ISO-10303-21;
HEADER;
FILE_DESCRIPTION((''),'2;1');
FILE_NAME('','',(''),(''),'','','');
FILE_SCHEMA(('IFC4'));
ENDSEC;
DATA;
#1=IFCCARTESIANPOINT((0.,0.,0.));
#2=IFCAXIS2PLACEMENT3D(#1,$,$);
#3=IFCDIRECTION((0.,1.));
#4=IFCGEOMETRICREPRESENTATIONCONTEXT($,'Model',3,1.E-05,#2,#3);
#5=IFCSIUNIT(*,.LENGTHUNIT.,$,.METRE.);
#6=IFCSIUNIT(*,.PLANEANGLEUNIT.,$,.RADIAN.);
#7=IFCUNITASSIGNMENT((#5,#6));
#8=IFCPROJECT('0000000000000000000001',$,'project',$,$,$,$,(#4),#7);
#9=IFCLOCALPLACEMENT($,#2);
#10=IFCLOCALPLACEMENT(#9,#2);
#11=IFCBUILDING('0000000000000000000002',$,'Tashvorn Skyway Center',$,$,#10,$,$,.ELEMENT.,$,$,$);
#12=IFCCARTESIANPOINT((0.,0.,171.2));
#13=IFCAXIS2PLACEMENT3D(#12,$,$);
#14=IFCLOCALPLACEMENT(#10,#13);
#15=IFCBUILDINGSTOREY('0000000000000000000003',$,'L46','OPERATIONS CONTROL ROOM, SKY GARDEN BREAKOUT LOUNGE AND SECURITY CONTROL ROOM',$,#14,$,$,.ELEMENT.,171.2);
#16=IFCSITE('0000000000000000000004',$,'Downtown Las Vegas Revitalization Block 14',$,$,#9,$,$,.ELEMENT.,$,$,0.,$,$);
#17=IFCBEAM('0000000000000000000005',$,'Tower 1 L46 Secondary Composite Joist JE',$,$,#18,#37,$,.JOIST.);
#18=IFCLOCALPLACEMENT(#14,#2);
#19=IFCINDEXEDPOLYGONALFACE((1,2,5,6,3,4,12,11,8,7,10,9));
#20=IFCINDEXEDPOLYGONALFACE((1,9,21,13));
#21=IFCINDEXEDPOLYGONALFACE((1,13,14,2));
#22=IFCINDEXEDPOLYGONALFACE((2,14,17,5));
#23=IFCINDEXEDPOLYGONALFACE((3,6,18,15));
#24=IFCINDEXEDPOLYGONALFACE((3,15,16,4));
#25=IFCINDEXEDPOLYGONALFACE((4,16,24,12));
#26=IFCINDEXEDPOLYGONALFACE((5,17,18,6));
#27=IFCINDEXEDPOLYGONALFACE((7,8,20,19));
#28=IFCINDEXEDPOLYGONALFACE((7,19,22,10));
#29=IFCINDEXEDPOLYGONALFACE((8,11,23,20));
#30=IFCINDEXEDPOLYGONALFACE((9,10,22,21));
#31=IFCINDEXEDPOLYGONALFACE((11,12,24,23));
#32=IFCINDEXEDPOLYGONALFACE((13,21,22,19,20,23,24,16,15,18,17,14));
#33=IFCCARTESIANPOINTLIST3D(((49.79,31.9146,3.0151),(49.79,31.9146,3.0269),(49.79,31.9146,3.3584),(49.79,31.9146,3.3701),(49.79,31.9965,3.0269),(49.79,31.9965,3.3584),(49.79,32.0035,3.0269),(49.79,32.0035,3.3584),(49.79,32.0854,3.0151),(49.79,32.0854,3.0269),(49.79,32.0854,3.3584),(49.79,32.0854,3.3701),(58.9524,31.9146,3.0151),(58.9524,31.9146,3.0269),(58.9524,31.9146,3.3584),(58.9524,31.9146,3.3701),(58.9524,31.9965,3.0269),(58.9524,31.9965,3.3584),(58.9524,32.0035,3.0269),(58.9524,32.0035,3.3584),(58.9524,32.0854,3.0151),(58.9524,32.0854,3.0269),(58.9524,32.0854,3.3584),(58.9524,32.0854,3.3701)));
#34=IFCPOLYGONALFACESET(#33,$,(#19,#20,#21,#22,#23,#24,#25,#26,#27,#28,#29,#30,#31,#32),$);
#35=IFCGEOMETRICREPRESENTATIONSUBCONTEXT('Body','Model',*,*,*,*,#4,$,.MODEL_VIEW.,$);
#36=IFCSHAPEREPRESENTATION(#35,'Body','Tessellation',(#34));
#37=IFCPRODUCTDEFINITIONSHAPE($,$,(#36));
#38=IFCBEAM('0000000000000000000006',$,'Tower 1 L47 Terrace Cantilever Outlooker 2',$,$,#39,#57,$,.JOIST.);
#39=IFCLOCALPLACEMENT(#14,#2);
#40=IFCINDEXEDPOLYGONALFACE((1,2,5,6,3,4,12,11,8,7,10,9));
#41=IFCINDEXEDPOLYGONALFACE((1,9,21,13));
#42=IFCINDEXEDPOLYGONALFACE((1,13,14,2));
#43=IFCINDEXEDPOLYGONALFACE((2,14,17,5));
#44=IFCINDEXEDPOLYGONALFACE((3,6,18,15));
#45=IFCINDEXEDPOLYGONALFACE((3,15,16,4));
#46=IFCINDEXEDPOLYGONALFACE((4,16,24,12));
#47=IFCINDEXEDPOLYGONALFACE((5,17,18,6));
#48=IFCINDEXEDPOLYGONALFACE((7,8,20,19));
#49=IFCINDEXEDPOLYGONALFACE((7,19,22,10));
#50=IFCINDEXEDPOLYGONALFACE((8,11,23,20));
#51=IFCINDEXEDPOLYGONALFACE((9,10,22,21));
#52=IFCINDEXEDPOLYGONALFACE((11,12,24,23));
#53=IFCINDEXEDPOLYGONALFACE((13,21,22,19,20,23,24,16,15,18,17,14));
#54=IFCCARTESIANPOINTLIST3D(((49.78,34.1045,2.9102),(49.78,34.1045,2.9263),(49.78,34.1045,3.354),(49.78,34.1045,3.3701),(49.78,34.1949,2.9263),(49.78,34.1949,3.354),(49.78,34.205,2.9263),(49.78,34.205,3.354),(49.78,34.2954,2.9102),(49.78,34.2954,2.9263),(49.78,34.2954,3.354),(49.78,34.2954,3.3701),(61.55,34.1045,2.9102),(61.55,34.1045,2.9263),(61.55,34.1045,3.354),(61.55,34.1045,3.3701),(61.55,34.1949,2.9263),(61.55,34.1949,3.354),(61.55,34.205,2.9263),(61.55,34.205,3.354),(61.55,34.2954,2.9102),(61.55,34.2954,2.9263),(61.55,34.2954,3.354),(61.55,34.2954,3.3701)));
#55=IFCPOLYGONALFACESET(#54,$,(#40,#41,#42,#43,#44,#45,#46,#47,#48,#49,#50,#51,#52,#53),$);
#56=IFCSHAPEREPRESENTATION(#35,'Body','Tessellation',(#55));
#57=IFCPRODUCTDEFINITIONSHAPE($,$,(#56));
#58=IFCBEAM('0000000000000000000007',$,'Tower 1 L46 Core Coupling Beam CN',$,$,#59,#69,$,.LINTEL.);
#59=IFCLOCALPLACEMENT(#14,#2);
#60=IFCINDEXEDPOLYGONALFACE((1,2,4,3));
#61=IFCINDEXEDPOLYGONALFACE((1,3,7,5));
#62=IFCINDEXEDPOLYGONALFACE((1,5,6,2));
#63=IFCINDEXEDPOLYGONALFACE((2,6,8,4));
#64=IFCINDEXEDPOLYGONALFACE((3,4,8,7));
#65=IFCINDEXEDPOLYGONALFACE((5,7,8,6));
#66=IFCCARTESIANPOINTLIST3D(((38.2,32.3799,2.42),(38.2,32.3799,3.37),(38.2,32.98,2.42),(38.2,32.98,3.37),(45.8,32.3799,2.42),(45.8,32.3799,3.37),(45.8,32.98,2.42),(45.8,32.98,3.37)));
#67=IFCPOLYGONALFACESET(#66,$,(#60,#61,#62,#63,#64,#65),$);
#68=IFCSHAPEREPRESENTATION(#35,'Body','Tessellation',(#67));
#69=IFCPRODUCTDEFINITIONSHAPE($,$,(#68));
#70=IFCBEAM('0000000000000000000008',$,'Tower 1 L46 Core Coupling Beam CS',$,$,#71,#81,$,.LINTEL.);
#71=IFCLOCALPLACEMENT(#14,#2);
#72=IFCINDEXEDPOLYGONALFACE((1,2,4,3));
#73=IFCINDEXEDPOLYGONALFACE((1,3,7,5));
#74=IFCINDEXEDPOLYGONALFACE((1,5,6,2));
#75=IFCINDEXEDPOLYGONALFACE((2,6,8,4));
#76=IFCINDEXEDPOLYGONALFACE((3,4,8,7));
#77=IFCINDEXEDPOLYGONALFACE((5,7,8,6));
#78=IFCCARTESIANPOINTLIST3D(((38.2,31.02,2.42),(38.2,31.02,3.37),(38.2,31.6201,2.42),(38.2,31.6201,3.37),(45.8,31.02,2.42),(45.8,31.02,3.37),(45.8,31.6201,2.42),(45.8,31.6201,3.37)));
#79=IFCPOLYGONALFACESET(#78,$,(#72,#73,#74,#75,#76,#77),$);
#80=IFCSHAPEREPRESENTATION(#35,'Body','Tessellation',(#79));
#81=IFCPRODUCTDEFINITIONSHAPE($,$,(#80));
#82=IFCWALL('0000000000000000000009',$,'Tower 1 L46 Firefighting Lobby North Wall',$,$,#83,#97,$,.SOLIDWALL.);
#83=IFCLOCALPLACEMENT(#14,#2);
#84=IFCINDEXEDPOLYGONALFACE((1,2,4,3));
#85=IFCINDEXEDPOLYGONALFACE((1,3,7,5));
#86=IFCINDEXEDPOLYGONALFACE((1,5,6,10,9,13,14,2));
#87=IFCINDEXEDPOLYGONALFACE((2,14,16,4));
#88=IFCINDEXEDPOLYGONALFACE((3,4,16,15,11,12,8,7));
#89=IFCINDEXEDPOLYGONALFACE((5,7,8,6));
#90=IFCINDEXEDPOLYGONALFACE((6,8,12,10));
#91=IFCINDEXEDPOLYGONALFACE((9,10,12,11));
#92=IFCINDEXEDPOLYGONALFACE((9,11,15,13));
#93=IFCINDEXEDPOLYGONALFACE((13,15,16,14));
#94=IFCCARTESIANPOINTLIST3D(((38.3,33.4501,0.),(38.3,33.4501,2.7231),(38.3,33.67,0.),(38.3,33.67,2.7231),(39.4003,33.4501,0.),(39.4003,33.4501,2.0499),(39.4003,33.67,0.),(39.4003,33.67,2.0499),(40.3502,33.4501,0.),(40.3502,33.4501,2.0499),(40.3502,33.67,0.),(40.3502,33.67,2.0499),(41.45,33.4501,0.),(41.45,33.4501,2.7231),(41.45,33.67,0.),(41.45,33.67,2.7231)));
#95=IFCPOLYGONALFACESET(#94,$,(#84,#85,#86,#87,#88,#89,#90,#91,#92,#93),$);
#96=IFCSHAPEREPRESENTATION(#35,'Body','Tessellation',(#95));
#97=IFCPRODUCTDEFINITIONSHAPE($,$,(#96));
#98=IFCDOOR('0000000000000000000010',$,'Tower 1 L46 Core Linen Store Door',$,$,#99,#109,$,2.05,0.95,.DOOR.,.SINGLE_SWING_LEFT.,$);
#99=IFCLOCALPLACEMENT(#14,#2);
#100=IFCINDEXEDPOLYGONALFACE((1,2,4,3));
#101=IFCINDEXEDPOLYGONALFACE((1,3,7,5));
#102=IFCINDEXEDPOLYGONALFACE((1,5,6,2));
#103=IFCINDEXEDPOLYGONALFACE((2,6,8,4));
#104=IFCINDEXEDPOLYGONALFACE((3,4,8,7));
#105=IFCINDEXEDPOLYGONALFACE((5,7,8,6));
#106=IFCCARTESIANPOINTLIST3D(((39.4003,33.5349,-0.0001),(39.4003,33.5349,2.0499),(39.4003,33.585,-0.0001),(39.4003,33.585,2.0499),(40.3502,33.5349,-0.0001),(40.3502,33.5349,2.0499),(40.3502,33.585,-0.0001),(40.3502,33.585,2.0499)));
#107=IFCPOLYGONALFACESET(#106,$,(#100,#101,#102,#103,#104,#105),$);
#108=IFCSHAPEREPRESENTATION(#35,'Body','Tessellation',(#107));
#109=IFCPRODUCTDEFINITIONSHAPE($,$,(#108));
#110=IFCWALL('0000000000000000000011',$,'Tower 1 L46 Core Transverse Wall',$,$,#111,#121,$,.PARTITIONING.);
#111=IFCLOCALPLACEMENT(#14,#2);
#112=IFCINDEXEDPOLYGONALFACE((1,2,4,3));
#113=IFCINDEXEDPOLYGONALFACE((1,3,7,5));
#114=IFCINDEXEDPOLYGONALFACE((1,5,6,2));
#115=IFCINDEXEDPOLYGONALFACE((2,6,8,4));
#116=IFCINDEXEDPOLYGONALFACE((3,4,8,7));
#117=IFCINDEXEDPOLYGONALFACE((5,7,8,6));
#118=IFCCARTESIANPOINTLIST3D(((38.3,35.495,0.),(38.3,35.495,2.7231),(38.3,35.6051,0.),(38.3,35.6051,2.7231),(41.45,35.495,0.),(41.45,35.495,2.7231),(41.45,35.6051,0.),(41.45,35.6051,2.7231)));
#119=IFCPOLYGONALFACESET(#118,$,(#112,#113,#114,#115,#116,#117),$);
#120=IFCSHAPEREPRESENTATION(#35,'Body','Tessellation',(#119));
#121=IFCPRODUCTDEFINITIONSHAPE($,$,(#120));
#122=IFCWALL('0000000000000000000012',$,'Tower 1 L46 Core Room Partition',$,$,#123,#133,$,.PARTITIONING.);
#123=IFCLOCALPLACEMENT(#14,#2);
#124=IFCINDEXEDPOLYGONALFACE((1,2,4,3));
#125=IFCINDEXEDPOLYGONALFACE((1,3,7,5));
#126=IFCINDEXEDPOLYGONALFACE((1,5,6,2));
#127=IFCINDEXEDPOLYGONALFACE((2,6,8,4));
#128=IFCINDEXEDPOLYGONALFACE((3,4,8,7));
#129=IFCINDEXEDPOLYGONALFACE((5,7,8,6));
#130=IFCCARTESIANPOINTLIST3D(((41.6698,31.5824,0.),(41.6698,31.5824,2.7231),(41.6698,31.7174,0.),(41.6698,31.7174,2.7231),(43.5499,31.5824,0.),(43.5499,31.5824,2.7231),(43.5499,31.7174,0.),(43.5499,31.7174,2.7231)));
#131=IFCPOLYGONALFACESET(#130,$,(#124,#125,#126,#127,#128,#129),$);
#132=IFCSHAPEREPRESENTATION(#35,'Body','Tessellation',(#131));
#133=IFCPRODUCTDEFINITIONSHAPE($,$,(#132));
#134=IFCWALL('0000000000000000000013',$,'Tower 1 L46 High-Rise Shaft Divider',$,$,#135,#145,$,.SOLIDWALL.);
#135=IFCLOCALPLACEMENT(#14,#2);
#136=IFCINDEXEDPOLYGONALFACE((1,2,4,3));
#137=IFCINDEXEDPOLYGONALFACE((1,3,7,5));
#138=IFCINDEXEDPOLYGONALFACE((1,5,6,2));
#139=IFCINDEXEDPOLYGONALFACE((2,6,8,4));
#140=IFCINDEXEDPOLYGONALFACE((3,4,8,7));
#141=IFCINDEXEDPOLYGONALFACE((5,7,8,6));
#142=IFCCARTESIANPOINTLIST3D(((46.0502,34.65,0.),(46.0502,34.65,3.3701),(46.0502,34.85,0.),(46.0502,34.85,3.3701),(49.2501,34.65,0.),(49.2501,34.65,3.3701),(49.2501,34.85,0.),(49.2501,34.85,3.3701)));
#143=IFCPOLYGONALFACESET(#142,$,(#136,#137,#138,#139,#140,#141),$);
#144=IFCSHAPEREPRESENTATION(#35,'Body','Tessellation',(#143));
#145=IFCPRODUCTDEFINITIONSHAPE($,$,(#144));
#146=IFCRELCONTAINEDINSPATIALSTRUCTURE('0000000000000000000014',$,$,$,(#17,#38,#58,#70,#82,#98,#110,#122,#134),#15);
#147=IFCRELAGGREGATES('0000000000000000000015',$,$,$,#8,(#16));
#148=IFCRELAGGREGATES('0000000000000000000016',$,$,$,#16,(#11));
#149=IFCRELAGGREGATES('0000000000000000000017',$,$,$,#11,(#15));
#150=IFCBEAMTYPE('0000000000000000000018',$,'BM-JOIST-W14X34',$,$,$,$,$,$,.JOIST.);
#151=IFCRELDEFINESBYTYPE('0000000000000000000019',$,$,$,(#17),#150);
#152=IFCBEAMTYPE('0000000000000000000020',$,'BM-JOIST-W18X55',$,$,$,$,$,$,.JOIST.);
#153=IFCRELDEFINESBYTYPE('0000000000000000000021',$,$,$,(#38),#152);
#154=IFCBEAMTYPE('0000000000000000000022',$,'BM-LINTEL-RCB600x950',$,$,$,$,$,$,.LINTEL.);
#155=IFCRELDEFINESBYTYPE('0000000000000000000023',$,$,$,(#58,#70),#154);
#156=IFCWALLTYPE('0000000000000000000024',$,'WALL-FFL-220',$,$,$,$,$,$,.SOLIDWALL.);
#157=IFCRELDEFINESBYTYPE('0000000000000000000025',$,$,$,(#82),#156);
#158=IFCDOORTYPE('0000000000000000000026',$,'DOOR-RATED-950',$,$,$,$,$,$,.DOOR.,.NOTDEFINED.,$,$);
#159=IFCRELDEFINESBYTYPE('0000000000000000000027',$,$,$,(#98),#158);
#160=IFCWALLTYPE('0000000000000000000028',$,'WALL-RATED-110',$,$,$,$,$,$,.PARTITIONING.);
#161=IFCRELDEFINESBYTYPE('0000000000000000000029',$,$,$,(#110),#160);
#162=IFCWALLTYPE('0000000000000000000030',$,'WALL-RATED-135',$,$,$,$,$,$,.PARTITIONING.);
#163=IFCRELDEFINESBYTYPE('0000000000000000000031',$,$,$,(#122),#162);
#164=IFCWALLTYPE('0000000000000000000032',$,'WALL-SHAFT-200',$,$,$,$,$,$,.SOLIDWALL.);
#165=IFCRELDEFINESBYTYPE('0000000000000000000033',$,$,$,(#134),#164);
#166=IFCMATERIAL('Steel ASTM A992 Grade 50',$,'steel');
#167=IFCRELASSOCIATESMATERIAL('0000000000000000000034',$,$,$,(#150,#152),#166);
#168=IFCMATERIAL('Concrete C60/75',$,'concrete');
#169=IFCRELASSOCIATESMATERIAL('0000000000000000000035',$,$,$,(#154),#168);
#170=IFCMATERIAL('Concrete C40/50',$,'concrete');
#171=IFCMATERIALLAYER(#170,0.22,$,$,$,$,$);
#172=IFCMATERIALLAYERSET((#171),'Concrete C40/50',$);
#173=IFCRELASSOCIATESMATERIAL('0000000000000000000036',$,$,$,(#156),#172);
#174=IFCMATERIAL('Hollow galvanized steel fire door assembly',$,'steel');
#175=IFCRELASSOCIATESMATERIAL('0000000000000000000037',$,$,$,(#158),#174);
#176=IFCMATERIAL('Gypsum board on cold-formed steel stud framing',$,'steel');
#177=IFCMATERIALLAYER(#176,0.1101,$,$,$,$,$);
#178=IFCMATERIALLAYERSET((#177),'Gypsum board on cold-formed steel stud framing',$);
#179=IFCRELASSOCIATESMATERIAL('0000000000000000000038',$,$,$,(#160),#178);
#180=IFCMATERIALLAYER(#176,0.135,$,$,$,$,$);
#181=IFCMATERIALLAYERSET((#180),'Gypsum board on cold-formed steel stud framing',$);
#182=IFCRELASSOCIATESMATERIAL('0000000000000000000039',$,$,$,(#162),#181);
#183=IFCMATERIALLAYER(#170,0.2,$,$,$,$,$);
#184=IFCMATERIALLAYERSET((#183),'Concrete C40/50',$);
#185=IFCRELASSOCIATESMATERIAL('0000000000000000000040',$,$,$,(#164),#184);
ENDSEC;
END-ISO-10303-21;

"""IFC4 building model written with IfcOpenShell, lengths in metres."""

from ifc_helpers import new_model, si_unit, direction, frame, frame_2d, origin, origin_2d, place, context, subcontext, project, spatial, rectangle, i_section, extrude, material, layer, layer_set, material_profile, profile_set, type_object, element, fill, save


model = new_model("IFC4")

# Units and contexts
model_context = context("Model", 3, precision=1e-05, world=origin(), true_north=direction((0.0, 1.0)))
body_context = subcontext(model_context, "Body", "Model", "MODEL_VIEW")
ifc_project = project(units=[si_unit("LENGTHUNIT", "METRE"), si_unit("PLANEANGLEUNIT", "RADIAN")], contexts=[model_context])

# Site, building, storey
site_placement = place(None, origin())
site = spatial("IfcSite", under=ifc_project, at=site_placement, Name="Downtown Las Vegas Revitalization Block 14", CompositionType="ELEMENT", RefElevation=0.0)
building_placement = place(site_placement, origin())
building = spatial("IfcBuilding", under=site, at=building_placement, Name="Tashvorn Skyway Center", CompositionType="ELEMENT")
storey_placement = place(building_placement, frame((0.0, 0.0, 171.2)))
storey = spatial("IfcBuildingStorey", under=building, at=storey_placement, Name="L46", Description="OPERATIONS CONTROL ROOM, SKY GARDEN BREAKOUT LOUNGE AND SECURITY CONTROL ROOM", CompositionType="ELEMENT", Elevation=171.2)

# Beams
ifc_material_1 = material(Name="Steel ASTM A992 Grade 50", Category="steel")
ifc_material_profile_1 = material_profile(ifc_material_1, i_section(OverallWidth=0.1709, OverallDepth=0.355, WebThickness=0.0071, FlangeThickness=0.0117, at=origin_2d()), Name="W14X34")
ifc_profile_set_1 = profile_set([ifc_material_profile_1], Name="Steel ASTM A992 Grade 50")
beam_type_1 = type_object("IfcBeamType", Name="BM-JOIST-W14X34", PredefinedType="JOIST", material=ifc_profile_set_1)
beam_1_placement = place(storey_placement, frame((49.79, 32.0, 3.1926), z_axis=(1.0, 0.0, 0.0), x_axis=(0.0, 1.0, 0.0)))
element("IfcBeam", 1, at=beam_1_placement, inside=storey, type_object=beam_type_1, Name="Tower 1 L46 Secondary Composite Joist JE", PredefinedType="JOIST", context=body_context, shape_type="SweptSolid", body=[
    extrude(i_section(OverallWidth=0.1709, OverallDepth=0.355, WebThickness=0.0071, FlangeThickness=0.0117, at=origin_2d()), origin(), (0.0, 0.0, 1.0), 9.1624),
])
ifc_material_profile_2 = material_profile(ifc_material_1, i_section(OverallWidth=0.1909, OverallDepth=0.46, WebThickness=0.01, FlangeThickness=0.0161, at=origin_2d()), Name="W18X55")
ifc_profile_set_2 = profile_set([ifc_material_profile_2], Name="Steel ASTM A992 Grade 50")
beam_type_2 = type_object("IfcBeamType", Name="BM-JOIST-W18X55", PredefinedType="JOIST", material=ifc_profile_set_2)
beam_2_placement = place(storey_placement, frame((49.78, 34.2, 3.1401), z_axis=(1.0, 0.0, 0.0), x_axis=(0.0, 1.0, 0.0)))
element("IfcBeam", 2, at=beam_2_placement, inside=storey, type_object=beam_type_2, Name="Tower 1 L47 Terrace Cantilever Outlooker 2", PredefinedType="JOIST", context=body_context, shape_type="SweptSolid", body=[
    extrude(i_section(OverallWidth=0.1909, OverallDepth=0.46, WebThickness=0.01, FlangeThickness=0.0161, at=origin_2d()), origin(), (0.0, 0.0, 1.0), 11.77),
])
ifc_material_2 = material(Name="Concrete C60/75", Category="concrete")
ifc_material_profile_3 = material_profile(ifc_material_2, rectangle(XDim=0.6001, YDim=0.95, at=origin_2d()), Name="RCB600x950")
ifc_profile_set_3 = profile_set([ifc_material_profile_3], Name="Concrete C60/75")
beam_type_3 = type_object("IfcBeamType", Name="BM-LINTEL-RCB600x950", PredefinedType="LINTEL", material=ifc_profile_set_3)
for number, where, z_axis, x_axis, name in (
    (3, (38.2, 32.6799, 2.895), (1.0, 0.0, 0.0), (0.0, 1.0, 0.0), "Tower 1 L46 Core Coupling Beam CN"),
    (4, (38.2, 31.3201, 2.895), (1.0, 0.0, 0.0), (0.0, 1.0, 0.0), "Tower 1 L46 Core Coupling Beam CS"),
):
    element("IfcBeam", number, at=place(storey_placement, frame(where, z_axis=z_axis, x_axis=x_axis)), inside=storey, type_object=beam_type_3, Name=name, PredefinedType="LINTEL", context=body_context, shape_type="SweptSolid", body=[
        extrude(rectangle(XDim=0.6001, YDim=0.95, at=origin_2d()), origin(), (0.0, 0.0, 1.0), 7.6001),
    ])

# Wall, opening, door
ifc_material_3 = material(Name="Concrete C40/50", Category="concrete")
ifc_layer_1 = layer(ifc_material_3, 0.22)
ifc_layer_set_1 = layer_set([ifc_layer_1], Name="Concrete C40/50")
wall_type_1 = type_object("IfcWallType", Name="WALL-FFL-220", PredefinedType="SOLIDWALL", material=ifc_layer_set_1)
wall_1_placement = place(storey_placement, frame((38.3, 33.5601, 0.0), z_axis=(0.0, 0.0, 1.0), x_axis=(1.0, 0.0, 0.0)))
wall_1 = element("IfcWall", 5, at=wall_1_placement, inside=storey, type_object=wall_type_1, Name="Tower 1 L46 Firefighting Lobby North Wall", PredefinedType="SOLIDWALL", context=body_context, shape_type="SweptSolid", body=[
    extrude(rectangle(XDim=3.1499, YDim=0.22, at=frame_2d((1.575, 0.0))), origin(), (0.0, 0.0, 1.0), 2.7231),
])
opening_1_placement = place(wall_1_placement, frame((1.1001, 0.0, 0.0)))
opening_1 = element("IfcOpeningElement", 6, at=opening_1_placement, cuts=wall_1, PredefinedType="OPENING", context=body_context, shape_type="SweptSolid", body=[
    extrude(rectangle(XDim=0.95, YDim=2.05, at=frame_2d((0.4751, 1.0249))), frame((0.0, 0.1199, 0.0), z_axis=(0.0, -1.0, 0.0), x_axis=(1.0, 0.0, 0.0)), (0.0, 0.0, 1.0), 0.24),
])
ifc_material_4 = material(Name="Hollow galvanized steel fire door assembly", Category="steel")
door_type_1 = type_object("IfcDoorType", Name="DOOR-RATED-950", OperationType="NOTDEFINED", PredefinedType="DOOR", material=ifc_material_4)
door_1_placement = place(opening_1_placement, origin())
door_1 = element("IfcDoor", 7, at=door_1_placement, inside=storey, type_object=door_type_1, Name="Tower 1 L46 Core Linen Store Door", OperationType="SINGLE_SWING_LEFT", OverallHeight=2.05, OverallWidth=0.95, PredefinedType="DOOR", context=body_context, shape_type="SweptSolid", body=[
    extrude(rectangle(XDim=0.95, YDim=2.05, at=frame_2d((0.4751, 1.0249))), frame((0.0, 0.0249, 0.0), z_axis=(0.0, -1.0, 0.0), x_axis=(1.0, 0.0, 0.0)), (0.0, 0.0, 1.0), 0.05),
])
fill(opening_1, door_1)

# Walls
ifc_material_5 = material(Name="Gypsum board on cold-formed steel stud framing", Category="steel")
ifc_layer_2 = layer(ifc_material_5, 0.1101)
ifc_layer_set_2 = layer_set([ifc_layer_2], Name="Gypsum board on cold-formed steel stud framing")
wall_type_2 = type_object("IfcWallType", Name="WALL-RATED-110", PredefinedType="PARTITIONING", material=ifc_layer_set_2)
wall_2_placement = place(storey_placement, frame((38.3, 35.55, 0.0), z_axis=(0.0, 0.0, 1.0), x_axis=(1.0, 0.0, 0.0)))
element("IfcWall", 8, at=wall_2_placement, inside=storey, type_object=wall_type_2, Name="Tower 1 L46 Core Transverse Wall", PredefinedType="PARTITIONING", context=body_context, shape_type="SweptSolid", body=[
    extrude(rectangle(XDim=3.1499, YDim=0.1101, at=frame_2d((1.575, 0.0))), origin(), (0.0, 0.0, 1.0), 2.7231),
])
ifc_layer_3 = layer(ifc_material_5, 0.135)
ifc_layer_set_3 = layer_set([ifc_layer_3], Name="Gypsum board on cold-formed steel stud framing")
wall_type_3 = type_object("IfcWallType", Name="WALL-RATED-135", PredefinedType="PARTITIONING", material=ifc_layer_set_3)
wall_3_placement = place(storey_placement, frame((41.6699, 31.6499, 0.0), z_axis=(0.0, 0.0, 1.0), x_axis=(1.0, 0.0, 0.0)))
element("IfcWall", 9, at=wall_3_placement, inside=storey, type_object=wall_type_3, Name="Tower 1 L46 Core Room Partition", PredefinedType="PARTITIONING", context=body_context, shape_type="SweptSolid", body=[
    extrude(rectangle(XDim=1.8801, YDim=0.135, at=frame_2d((0.9399, 0.0))), origin(), (0.0, 0.0, 1.0), 2.7231),
])
ifc_layer_4 = layer(ifc_material_3, 0.2)
ifc_layer_set_4 = layer_set([ifc_layer_4], Name="Concrete C40/50")
wall_type_4 = type_object("IfcWallType", Name="WALL-SHAFT-200", PredefinedType="SOLIDWALL", material=ifc_layer_set_4)
wall_4_placement = place(storey_placement, frame((46.05, 34.75, 0.0), z_axis=(0.0, 0.0, 1.0), x_axis=(1.0, 0.0, 0.0)))
element("IfcWall", 10, at=wall_4_placement, inside=storey, type_object=wall_type_4, Name="Tower 1 L46 High-Rise Shaft Divider", PredefinedType="SOLIDWALL", context=body_context, shape_type="SweptSolid", body=[
    extrude(rectangle(XDim=3.2, YDim=0.2, at=frame_2d((1.6001, 0.0))), origin(), (0.0, 0.0, 1.0), 3.3701),
])

save(model, "model.ifc")
